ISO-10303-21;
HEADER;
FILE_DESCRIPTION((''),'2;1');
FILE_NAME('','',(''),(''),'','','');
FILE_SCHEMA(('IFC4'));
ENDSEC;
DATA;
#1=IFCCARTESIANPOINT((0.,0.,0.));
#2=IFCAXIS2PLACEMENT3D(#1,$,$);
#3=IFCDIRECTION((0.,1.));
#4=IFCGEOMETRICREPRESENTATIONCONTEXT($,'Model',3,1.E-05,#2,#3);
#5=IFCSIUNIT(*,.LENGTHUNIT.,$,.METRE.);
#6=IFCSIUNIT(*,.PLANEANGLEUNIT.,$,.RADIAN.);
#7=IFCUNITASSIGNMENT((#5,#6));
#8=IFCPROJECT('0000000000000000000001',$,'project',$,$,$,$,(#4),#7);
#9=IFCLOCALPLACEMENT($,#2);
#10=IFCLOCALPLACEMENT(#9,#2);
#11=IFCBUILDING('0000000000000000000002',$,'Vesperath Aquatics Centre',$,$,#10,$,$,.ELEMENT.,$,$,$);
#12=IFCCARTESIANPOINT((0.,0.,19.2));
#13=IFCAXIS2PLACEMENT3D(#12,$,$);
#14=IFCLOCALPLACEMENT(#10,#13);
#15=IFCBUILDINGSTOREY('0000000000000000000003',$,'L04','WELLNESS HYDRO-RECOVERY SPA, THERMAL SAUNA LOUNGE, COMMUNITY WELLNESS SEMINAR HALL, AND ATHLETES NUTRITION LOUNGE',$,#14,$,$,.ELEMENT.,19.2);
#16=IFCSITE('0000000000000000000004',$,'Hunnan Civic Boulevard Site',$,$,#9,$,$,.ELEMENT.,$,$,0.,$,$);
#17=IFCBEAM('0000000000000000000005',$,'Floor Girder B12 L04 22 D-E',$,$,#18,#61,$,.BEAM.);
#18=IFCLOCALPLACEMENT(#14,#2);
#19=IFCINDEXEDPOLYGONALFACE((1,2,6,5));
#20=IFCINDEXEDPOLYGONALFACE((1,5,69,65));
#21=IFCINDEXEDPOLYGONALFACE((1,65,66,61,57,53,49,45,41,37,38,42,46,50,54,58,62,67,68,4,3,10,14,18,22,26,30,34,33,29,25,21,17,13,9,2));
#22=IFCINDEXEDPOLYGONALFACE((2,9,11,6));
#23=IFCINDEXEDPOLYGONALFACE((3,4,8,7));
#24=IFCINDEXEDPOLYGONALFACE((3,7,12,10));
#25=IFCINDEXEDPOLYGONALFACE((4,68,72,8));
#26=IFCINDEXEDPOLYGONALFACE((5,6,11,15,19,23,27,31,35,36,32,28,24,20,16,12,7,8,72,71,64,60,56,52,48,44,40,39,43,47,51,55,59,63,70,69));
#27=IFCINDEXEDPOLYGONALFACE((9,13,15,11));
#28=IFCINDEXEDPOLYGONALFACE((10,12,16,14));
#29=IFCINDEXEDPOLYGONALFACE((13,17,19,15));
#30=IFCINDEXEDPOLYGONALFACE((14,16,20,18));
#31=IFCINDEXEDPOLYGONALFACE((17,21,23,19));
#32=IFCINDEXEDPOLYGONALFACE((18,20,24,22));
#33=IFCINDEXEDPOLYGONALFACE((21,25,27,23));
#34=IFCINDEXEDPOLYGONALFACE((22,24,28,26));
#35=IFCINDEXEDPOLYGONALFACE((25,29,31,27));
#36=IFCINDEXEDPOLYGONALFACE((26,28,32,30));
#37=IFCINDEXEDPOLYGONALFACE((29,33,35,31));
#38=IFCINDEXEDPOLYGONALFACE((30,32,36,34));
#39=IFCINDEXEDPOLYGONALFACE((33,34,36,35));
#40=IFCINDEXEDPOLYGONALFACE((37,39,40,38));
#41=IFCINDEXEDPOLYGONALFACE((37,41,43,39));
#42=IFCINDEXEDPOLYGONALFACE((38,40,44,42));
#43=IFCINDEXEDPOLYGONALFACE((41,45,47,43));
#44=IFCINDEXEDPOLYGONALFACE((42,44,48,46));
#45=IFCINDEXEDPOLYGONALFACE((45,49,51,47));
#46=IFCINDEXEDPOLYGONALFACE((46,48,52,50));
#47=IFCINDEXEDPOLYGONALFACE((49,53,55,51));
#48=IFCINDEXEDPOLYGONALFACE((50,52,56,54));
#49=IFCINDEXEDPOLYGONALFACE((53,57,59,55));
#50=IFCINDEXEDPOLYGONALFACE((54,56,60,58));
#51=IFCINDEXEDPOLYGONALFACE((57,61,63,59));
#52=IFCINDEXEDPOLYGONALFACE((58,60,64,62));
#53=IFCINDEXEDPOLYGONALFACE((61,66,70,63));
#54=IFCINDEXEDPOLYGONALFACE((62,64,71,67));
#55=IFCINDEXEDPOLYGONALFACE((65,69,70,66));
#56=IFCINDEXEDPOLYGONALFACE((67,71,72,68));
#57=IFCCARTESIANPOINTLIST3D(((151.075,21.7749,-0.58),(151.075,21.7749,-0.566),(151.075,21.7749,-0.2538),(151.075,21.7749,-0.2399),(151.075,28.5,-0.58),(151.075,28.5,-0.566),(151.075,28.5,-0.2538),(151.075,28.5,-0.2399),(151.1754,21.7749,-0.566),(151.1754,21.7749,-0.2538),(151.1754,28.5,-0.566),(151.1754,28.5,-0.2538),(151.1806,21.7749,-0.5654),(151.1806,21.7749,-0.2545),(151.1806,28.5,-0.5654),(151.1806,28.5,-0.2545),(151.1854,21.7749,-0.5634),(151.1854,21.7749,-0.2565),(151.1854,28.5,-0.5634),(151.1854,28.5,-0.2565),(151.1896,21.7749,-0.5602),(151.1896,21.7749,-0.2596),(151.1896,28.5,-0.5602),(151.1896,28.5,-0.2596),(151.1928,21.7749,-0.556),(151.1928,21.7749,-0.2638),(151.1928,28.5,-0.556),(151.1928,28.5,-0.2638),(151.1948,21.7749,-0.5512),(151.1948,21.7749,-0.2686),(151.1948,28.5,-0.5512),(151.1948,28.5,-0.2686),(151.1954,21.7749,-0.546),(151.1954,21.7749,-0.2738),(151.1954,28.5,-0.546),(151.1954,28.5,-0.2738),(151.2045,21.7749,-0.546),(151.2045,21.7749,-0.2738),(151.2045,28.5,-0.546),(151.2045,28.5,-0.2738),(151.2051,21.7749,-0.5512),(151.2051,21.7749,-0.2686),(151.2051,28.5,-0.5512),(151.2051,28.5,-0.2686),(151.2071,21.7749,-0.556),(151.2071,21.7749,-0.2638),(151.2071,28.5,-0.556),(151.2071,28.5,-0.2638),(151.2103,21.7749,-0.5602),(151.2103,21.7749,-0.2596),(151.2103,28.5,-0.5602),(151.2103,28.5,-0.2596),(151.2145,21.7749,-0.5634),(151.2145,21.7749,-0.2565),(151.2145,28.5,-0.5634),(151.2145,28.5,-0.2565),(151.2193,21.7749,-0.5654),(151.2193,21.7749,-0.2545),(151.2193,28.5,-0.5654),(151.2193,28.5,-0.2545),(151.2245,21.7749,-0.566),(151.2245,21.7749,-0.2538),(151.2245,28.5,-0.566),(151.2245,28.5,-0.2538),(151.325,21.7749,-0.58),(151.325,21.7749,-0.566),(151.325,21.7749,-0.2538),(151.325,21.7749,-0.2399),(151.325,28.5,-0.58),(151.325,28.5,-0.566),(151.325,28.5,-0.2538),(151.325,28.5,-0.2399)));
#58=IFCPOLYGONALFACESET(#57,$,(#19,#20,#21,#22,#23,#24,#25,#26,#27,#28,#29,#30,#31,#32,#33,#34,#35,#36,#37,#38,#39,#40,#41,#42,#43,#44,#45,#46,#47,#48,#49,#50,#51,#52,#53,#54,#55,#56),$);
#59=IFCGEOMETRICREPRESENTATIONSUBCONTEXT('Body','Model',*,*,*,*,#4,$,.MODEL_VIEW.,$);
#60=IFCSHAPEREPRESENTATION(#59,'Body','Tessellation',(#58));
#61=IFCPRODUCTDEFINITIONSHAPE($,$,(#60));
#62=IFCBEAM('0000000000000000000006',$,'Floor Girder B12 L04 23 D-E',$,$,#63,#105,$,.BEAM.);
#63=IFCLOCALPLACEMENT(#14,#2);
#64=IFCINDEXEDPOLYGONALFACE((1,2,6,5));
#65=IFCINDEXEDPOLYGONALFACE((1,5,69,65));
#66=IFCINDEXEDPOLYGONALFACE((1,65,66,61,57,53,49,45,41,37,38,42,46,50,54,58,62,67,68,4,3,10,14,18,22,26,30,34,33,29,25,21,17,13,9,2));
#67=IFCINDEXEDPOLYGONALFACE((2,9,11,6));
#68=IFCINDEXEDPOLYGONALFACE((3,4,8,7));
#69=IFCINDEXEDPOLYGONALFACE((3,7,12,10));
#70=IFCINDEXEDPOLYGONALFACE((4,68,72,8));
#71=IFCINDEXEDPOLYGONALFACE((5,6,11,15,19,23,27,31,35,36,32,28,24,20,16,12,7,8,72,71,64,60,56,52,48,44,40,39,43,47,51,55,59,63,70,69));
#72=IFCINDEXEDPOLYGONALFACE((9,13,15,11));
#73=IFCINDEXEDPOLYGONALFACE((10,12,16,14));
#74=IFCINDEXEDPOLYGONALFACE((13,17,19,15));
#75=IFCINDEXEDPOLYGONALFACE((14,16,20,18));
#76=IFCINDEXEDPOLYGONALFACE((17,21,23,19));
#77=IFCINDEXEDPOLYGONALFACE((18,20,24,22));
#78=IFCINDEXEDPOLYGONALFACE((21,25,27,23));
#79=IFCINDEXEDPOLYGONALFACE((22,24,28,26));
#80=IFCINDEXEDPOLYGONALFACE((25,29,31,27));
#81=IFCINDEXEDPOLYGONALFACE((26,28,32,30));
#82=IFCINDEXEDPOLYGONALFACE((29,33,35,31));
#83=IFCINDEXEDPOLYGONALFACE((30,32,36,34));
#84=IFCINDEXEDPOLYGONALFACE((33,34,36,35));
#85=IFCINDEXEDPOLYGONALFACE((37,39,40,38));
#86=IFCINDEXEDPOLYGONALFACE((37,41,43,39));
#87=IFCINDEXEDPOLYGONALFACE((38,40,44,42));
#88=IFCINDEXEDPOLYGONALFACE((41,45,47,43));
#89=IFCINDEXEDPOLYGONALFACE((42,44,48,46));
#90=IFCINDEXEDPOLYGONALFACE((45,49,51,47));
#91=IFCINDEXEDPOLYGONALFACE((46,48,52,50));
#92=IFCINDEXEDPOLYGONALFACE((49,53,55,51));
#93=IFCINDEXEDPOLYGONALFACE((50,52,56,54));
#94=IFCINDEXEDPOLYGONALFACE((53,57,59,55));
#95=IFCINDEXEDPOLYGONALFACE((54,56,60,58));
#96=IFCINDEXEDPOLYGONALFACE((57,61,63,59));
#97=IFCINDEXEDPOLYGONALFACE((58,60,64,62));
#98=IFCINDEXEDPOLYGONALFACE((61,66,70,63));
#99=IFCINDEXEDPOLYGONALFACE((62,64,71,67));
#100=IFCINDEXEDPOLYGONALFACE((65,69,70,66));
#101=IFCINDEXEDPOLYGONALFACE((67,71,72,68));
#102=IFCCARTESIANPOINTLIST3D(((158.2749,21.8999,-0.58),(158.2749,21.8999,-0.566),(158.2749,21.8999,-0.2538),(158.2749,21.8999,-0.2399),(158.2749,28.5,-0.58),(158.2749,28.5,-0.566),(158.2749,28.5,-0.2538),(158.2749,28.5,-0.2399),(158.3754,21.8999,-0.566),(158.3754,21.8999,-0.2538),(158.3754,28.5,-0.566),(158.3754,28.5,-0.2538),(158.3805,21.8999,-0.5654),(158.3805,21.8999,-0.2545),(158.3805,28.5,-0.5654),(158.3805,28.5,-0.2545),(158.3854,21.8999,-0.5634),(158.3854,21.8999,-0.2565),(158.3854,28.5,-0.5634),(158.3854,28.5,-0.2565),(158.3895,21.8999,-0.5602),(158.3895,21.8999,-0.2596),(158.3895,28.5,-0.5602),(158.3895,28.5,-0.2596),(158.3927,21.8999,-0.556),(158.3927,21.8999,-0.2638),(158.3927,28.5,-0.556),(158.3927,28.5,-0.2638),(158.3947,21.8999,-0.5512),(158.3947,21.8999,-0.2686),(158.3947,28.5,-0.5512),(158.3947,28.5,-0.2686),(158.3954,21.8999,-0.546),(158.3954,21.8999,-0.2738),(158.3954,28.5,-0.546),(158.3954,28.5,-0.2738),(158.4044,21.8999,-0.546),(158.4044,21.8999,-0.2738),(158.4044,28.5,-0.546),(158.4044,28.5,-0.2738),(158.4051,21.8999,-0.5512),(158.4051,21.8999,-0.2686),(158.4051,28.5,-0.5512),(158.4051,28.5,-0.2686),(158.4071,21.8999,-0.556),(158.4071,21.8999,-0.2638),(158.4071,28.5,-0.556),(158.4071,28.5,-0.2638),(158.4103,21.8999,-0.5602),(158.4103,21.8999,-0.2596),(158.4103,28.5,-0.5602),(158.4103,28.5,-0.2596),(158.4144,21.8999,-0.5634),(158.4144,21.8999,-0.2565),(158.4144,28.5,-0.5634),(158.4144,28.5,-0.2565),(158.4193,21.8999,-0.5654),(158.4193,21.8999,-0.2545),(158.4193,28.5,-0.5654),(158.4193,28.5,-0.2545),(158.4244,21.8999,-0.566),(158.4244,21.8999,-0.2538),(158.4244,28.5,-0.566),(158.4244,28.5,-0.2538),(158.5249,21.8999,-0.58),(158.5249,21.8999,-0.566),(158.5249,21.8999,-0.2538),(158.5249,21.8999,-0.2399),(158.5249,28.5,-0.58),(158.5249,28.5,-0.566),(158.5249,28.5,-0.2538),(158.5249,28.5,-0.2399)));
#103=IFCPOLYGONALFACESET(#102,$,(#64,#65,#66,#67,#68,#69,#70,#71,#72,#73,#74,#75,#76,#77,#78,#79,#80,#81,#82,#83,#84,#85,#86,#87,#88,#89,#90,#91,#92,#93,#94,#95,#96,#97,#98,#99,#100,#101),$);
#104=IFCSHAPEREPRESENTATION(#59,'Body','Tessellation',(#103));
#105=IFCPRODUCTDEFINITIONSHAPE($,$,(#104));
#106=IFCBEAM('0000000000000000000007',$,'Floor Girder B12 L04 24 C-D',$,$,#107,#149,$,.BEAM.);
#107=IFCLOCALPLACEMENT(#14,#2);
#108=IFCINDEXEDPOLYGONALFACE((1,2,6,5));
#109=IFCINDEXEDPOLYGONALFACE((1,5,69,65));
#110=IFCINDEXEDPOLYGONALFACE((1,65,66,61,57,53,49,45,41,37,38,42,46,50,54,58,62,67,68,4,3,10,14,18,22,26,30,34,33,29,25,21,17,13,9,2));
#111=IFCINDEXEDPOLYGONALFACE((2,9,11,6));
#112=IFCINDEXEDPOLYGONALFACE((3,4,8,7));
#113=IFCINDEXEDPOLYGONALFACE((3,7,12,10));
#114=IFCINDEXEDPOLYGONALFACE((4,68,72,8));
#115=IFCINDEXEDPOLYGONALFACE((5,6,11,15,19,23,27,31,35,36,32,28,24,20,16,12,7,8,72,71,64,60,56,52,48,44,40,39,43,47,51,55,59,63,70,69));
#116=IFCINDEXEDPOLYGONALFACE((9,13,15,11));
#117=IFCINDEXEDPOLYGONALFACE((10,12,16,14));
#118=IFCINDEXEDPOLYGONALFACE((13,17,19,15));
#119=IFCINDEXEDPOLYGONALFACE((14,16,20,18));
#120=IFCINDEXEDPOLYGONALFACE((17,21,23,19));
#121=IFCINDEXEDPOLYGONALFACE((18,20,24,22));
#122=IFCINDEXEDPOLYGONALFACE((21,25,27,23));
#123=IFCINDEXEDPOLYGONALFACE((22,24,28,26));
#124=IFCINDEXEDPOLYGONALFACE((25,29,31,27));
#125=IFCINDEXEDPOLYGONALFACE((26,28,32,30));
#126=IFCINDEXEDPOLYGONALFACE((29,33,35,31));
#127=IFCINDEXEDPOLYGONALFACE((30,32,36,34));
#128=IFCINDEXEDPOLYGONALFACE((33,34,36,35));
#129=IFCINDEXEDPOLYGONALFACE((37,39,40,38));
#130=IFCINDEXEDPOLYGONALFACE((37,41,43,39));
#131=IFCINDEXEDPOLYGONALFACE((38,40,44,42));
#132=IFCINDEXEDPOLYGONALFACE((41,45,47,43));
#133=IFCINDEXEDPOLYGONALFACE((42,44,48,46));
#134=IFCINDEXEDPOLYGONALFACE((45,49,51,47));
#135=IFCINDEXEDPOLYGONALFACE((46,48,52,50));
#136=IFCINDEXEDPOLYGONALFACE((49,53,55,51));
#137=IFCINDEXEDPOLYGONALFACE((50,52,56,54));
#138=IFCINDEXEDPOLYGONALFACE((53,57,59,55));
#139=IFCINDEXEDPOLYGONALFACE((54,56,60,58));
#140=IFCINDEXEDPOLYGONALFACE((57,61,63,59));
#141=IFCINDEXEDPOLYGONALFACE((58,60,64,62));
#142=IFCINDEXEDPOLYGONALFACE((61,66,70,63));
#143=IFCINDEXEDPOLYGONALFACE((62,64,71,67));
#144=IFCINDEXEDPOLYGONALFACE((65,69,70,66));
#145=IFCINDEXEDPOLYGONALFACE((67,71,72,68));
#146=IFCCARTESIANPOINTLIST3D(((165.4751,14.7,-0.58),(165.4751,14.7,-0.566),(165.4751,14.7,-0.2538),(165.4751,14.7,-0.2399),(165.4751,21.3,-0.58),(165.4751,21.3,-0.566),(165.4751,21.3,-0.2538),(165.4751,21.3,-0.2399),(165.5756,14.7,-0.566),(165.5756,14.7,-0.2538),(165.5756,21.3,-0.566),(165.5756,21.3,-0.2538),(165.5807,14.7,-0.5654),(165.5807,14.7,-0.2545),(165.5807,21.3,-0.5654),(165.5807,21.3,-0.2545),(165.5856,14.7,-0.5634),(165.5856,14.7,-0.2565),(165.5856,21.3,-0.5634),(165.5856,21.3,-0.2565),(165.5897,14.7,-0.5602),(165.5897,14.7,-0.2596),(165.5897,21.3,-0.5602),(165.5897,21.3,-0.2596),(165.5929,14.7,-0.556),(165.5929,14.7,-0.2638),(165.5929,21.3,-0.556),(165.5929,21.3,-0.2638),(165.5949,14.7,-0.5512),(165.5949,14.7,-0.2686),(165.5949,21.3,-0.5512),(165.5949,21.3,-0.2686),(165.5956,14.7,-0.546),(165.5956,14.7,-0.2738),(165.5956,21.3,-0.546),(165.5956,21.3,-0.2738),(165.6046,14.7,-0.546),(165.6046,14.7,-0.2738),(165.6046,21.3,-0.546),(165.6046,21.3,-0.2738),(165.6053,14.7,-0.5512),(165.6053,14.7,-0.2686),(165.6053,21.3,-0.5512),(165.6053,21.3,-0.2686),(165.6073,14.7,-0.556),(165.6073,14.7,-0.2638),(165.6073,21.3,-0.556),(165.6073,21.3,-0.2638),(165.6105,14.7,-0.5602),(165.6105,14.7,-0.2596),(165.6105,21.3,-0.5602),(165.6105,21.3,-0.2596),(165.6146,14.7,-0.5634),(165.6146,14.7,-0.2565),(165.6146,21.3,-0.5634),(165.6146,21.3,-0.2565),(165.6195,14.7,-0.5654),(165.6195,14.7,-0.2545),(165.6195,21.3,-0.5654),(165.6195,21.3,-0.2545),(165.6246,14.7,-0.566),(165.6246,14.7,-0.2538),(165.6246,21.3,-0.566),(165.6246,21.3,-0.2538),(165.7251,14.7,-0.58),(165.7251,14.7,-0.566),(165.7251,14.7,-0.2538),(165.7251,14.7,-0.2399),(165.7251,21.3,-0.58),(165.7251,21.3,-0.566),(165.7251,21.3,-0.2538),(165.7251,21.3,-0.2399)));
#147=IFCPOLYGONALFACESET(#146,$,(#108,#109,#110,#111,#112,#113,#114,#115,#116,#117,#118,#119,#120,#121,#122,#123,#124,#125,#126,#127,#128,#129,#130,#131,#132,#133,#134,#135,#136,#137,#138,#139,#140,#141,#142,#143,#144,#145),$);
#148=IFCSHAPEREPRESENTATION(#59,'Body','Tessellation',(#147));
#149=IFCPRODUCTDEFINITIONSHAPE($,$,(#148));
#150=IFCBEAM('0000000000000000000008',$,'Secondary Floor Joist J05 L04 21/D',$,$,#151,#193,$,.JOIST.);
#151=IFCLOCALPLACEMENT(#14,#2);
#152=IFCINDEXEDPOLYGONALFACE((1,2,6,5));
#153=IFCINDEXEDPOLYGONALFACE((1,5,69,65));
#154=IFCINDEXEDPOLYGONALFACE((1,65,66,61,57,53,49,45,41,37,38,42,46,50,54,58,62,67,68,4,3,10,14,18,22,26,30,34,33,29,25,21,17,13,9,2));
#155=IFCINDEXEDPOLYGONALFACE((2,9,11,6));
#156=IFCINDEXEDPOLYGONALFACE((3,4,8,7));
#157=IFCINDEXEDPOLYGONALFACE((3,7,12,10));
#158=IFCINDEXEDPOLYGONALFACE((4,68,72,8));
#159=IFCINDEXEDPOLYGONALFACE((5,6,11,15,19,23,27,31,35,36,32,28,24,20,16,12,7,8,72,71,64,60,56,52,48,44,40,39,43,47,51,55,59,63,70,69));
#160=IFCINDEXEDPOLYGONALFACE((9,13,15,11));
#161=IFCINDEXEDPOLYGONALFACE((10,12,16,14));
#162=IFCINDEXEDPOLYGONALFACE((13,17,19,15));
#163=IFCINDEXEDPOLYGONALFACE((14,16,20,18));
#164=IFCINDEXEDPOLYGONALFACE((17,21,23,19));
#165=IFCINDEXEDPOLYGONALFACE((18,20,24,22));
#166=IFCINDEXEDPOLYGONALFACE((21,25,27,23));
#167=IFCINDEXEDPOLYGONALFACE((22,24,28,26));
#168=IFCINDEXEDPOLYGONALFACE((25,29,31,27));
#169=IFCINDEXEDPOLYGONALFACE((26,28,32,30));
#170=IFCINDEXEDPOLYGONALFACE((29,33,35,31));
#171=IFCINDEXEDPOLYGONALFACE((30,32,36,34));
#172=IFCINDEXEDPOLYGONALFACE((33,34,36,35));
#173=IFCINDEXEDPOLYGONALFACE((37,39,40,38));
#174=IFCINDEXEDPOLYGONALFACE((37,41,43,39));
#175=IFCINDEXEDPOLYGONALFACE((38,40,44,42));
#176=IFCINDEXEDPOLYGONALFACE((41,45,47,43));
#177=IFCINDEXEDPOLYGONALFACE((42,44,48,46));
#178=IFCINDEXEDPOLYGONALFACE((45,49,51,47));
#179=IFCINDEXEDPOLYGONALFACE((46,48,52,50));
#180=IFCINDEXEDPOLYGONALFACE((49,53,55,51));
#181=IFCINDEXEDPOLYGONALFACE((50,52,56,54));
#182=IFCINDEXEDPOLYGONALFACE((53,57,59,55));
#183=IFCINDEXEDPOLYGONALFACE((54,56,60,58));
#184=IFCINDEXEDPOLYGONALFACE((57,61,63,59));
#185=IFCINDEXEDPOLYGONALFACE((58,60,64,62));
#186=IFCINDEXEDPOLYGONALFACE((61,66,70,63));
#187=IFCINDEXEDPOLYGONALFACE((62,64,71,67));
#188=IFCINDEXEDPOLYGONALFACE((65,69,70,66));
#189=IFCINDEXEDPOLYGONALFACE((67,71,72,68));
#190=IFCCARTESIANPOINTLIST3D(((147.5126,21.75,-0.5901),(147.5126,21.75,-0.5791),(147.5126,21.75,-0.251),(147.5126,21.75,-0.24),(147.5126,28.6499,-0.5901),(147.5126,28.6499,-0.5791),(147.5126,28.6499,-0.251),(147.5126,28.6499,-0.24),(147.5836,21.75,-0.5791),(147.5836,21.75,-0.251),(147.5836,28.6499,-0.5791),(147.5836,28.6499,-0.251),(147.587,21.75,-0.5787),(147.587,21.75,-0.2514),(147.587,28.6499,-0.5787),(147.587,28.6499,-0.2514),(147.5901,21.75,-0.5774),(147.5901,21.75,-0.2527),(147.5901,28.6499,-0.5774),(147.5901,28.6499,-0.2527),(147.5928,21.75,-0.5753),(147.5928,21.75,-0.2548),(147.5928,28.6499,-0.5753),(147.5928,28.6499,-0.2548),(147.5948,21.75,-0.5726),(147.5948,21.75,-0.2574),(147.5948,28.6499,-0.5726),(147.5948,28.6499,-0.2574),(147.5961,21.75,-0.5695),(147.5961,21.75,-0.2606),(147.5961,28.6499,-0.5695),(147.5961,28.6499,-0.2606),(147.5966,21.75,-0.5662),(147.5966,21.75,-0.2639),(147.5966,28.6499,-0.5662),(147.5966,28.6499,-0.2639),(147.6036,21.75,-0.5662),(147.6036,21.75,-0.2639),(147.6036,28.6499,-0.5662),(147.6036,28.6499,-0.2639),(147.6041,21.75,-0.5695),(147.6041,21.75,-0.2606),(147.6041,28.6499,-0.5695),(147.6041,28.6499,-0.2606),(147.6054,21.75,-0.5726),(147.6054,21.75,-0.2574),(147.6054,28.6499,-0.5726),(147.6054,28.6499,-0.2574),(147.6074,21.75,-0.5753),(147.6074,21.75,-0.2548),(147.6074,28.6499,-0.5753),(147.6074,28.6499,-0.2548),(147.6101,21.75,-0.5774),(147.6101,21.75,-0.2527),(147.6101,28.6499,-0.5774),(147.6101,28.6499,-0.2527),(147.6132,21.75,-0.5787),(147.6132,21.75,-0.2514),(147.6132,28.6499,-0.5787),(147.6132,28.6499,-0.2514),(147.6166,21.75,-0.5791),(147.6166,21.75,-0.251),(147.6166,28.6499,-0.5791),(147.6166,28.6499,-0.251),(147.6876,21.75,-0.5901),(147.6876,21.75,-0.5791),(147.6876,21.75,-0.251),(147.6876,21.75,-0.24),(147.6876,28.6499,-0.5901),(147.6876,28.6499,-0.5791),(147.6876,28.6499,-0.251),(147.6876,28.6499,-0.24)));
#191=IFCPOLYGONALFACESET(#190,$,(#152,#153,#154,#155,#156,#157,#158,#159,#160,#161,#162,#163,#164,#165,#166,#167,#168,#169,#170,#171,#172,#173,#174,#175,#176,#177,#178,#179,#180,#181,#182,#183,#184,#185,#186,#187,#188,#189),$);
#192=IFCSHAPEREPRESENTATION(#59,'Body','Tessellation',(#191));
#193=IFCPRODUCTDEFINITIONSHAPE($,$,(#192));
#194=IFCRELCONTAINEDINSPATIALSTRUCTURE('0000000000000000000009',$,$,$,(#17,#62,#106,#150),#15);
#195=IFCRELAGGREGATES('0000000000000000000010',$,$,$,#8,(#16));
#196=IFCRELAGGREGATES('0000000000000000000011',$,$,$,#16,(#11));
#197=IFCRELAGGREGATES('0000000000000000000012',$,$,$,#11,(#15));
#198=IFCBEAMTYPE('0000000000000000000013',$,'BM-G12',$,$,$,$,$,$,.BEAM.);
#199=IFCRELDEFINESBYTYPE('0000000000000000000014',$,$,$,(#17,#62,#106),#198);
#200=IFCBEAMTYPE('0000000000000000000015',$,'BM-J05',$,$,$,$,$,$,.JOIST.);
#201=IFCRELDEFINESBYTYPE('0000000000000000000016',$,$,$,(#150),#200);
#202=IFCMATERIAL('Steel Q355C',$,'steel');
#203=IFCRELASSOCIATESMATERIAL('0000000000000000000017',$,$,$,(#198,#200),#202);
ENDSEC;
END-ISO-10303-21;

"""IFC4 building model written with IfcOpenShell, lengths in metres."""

from ifc_helpers import new_model, si_unit, direction, frame, origin, origin_2d, place, context, subcontext, project, spatial, i_section, extrude, material, material_profile, profile_set, type_object, element, save


model = new_model("IFC4")

# Units and contexts
model_context = context("Model", 3, precision=1e-05, world=origin(), true_north=direction((0.0, 1.0)))
body_context = subcontext(model_context, "Body", "Model", "MODEL_VIEW")
ifc_project = project(units=[si_unit("LENGTHUNIT", "METRE"), si_unit("PLANEANGLEUNIT", "RADIAN")], contexts=[model_context])

# Site, building, storey
site_placement = place(None, origin())
site = spatial("IfcSite", under=ifc_project, at=site_placement, Name="Hunnan Civic Boulevard Site", CompositionType="ELEMENT", RefElevation=0.0)
building_placement = place(site_placement, origin())
building = spatial("IfcBuilding", under=site, at=building_placement, Name="Vesperath Aquatics Centre", CompositionType="ELEMENT")
storey_placement = place(building_placement, frame((0.0, 0.0, 19.2)))
storey = spatial("IfcBuildingStorey", under=building, at=storey_placement, Name="L04", Description="WELLNESS HYDRO-RECOVERY SPA, THERMAL SAUNA LOUNGE, COMMUNITY WELLNESS SEMINAR HALL, AND ATHLETES NUTRITION LOUNGE", CompositionType="ELEMENT", Elevation=19.2)

# Shared definitions
ifc_material_1 = material(Name="Steel Q355C", Category="steel")

# Beams
ifc_material_profile_1 = material_profile(ifc_material_1, i_section(OverallWidth=0.25, OverallDepth=0.3401, WebThickness=0.009, FlangeThickness=0.0139, FilletRadius=0.02, at=origin_2d()), Name="HM 340x250x9x14")
ifc_profile_set_1 = profile_set([ifc_material_profile_1], Name="Steel Q355C")
beam_type_1 = type_object("IfcBeamType", Name="BM-G12", PredefinedType="BEAM", material=ifc_profile_set_1)
for number, where, z_axis, x_axis, name in (
    (1, (151.2, 21.7749, -0.4099), (0.0, 1.0, 0.0), (-1.0, 0.0, 0.0), "Floor Girder B12 L04 22 D-E"),
):
    element("IfcBeam", number, at=place(storey_placement, frame(where, z_axis=z_axis, x_axis=x_axis)), inside=storey, type_object=beam_type_1, Name=name, PredefinedType="BEAM", context=body_context, shape_type="SweptSolid", body=[
        extrude(i_section(OverallWidth=0.25, OverallDepth=0.3401, WebThickness=0.009, FlangeThickness=0.0139, FilletRadius=0.02, at=origin_2d()), origin(), (0.0, 0.0, 1.0), 6.7251),
    ])
for number, where, z_axis, x_axis, name in (
    (2, (158.3999, 21.8999, -0.4099), (0.0, 1.0, 0.0), (-1.0, 0.0, 0.0), "Floor Girder B12 L04 23 D-E"),
    (3, (165.6001, 14.7, -0.4099), (0.0, 1.0, 0.0), (-1.0, 0.0, 0.0), "Floor Girder B12 L04 24 C-D"),
):
    element("IfcBeam", number, at=place(storey_placement, frame(where, z_axis=z_axis, x_axis=x_axis)), inside=storey, type_object=beam_type_1, Name=name, PredefinedType="BEAM", context=body_context, shape_type="SweptSolid", body=[
        extrude(i_section(OverallWidth=0.25, OverallDepth=0.3401, WebThickness=0.009, FlangeThickness=0.0139, FilletRadius=0.02, at=origin_2d()), origin(), (0.0, 0.0, 1.0), 6.6001),
    ])
ifc_material_profile_2 = material_profile(ifc_material_1, i_section(OverallWidth=0.175, OverallDepth=0.3501, WebThickness=0.0071, FlangeThickness=0.011, FilletRadius=0.0129, at=origin_2d()), Name="HN 350x175x7x11")
ifc_profile_set_2 = profile_set([ifc_material_profile_2], Name="Steel Q355C")
beam_type_2 = type_object("IfcBeamType", Name="BM-J05", PredefinedType="JOIST", material=ifc_profile_set_2)
for number, where, z_axis, x_axis, name in (
    (4, (147.6001, 21.75, -0.415), (0.0, 1.0, 0.0), (-1.0, 0.0, 0.0), "Secondary Floor Joist J05 L04 21/D"),
):
    element("IfcBeam", number, at=place(storey_placement, frame(where, z_axis=z_axis, x_axis=x_axis)), inside=storey, type_object=beam_type_2, Name=name, PredefinedType="JOIST", context=body_context, shape_type="SweptSolid", body=[
        extrude(i_section(OverallWidth=0.175, OverallDepth=0.3501, WebThickness=0.0071, FlangeThickness=0.011, FilletRadius=0.0129, at=origin_2d()), origin(), (0.0, 0.0, 1.0), 6.8999),
    ])

save(model, "model.ifc")
